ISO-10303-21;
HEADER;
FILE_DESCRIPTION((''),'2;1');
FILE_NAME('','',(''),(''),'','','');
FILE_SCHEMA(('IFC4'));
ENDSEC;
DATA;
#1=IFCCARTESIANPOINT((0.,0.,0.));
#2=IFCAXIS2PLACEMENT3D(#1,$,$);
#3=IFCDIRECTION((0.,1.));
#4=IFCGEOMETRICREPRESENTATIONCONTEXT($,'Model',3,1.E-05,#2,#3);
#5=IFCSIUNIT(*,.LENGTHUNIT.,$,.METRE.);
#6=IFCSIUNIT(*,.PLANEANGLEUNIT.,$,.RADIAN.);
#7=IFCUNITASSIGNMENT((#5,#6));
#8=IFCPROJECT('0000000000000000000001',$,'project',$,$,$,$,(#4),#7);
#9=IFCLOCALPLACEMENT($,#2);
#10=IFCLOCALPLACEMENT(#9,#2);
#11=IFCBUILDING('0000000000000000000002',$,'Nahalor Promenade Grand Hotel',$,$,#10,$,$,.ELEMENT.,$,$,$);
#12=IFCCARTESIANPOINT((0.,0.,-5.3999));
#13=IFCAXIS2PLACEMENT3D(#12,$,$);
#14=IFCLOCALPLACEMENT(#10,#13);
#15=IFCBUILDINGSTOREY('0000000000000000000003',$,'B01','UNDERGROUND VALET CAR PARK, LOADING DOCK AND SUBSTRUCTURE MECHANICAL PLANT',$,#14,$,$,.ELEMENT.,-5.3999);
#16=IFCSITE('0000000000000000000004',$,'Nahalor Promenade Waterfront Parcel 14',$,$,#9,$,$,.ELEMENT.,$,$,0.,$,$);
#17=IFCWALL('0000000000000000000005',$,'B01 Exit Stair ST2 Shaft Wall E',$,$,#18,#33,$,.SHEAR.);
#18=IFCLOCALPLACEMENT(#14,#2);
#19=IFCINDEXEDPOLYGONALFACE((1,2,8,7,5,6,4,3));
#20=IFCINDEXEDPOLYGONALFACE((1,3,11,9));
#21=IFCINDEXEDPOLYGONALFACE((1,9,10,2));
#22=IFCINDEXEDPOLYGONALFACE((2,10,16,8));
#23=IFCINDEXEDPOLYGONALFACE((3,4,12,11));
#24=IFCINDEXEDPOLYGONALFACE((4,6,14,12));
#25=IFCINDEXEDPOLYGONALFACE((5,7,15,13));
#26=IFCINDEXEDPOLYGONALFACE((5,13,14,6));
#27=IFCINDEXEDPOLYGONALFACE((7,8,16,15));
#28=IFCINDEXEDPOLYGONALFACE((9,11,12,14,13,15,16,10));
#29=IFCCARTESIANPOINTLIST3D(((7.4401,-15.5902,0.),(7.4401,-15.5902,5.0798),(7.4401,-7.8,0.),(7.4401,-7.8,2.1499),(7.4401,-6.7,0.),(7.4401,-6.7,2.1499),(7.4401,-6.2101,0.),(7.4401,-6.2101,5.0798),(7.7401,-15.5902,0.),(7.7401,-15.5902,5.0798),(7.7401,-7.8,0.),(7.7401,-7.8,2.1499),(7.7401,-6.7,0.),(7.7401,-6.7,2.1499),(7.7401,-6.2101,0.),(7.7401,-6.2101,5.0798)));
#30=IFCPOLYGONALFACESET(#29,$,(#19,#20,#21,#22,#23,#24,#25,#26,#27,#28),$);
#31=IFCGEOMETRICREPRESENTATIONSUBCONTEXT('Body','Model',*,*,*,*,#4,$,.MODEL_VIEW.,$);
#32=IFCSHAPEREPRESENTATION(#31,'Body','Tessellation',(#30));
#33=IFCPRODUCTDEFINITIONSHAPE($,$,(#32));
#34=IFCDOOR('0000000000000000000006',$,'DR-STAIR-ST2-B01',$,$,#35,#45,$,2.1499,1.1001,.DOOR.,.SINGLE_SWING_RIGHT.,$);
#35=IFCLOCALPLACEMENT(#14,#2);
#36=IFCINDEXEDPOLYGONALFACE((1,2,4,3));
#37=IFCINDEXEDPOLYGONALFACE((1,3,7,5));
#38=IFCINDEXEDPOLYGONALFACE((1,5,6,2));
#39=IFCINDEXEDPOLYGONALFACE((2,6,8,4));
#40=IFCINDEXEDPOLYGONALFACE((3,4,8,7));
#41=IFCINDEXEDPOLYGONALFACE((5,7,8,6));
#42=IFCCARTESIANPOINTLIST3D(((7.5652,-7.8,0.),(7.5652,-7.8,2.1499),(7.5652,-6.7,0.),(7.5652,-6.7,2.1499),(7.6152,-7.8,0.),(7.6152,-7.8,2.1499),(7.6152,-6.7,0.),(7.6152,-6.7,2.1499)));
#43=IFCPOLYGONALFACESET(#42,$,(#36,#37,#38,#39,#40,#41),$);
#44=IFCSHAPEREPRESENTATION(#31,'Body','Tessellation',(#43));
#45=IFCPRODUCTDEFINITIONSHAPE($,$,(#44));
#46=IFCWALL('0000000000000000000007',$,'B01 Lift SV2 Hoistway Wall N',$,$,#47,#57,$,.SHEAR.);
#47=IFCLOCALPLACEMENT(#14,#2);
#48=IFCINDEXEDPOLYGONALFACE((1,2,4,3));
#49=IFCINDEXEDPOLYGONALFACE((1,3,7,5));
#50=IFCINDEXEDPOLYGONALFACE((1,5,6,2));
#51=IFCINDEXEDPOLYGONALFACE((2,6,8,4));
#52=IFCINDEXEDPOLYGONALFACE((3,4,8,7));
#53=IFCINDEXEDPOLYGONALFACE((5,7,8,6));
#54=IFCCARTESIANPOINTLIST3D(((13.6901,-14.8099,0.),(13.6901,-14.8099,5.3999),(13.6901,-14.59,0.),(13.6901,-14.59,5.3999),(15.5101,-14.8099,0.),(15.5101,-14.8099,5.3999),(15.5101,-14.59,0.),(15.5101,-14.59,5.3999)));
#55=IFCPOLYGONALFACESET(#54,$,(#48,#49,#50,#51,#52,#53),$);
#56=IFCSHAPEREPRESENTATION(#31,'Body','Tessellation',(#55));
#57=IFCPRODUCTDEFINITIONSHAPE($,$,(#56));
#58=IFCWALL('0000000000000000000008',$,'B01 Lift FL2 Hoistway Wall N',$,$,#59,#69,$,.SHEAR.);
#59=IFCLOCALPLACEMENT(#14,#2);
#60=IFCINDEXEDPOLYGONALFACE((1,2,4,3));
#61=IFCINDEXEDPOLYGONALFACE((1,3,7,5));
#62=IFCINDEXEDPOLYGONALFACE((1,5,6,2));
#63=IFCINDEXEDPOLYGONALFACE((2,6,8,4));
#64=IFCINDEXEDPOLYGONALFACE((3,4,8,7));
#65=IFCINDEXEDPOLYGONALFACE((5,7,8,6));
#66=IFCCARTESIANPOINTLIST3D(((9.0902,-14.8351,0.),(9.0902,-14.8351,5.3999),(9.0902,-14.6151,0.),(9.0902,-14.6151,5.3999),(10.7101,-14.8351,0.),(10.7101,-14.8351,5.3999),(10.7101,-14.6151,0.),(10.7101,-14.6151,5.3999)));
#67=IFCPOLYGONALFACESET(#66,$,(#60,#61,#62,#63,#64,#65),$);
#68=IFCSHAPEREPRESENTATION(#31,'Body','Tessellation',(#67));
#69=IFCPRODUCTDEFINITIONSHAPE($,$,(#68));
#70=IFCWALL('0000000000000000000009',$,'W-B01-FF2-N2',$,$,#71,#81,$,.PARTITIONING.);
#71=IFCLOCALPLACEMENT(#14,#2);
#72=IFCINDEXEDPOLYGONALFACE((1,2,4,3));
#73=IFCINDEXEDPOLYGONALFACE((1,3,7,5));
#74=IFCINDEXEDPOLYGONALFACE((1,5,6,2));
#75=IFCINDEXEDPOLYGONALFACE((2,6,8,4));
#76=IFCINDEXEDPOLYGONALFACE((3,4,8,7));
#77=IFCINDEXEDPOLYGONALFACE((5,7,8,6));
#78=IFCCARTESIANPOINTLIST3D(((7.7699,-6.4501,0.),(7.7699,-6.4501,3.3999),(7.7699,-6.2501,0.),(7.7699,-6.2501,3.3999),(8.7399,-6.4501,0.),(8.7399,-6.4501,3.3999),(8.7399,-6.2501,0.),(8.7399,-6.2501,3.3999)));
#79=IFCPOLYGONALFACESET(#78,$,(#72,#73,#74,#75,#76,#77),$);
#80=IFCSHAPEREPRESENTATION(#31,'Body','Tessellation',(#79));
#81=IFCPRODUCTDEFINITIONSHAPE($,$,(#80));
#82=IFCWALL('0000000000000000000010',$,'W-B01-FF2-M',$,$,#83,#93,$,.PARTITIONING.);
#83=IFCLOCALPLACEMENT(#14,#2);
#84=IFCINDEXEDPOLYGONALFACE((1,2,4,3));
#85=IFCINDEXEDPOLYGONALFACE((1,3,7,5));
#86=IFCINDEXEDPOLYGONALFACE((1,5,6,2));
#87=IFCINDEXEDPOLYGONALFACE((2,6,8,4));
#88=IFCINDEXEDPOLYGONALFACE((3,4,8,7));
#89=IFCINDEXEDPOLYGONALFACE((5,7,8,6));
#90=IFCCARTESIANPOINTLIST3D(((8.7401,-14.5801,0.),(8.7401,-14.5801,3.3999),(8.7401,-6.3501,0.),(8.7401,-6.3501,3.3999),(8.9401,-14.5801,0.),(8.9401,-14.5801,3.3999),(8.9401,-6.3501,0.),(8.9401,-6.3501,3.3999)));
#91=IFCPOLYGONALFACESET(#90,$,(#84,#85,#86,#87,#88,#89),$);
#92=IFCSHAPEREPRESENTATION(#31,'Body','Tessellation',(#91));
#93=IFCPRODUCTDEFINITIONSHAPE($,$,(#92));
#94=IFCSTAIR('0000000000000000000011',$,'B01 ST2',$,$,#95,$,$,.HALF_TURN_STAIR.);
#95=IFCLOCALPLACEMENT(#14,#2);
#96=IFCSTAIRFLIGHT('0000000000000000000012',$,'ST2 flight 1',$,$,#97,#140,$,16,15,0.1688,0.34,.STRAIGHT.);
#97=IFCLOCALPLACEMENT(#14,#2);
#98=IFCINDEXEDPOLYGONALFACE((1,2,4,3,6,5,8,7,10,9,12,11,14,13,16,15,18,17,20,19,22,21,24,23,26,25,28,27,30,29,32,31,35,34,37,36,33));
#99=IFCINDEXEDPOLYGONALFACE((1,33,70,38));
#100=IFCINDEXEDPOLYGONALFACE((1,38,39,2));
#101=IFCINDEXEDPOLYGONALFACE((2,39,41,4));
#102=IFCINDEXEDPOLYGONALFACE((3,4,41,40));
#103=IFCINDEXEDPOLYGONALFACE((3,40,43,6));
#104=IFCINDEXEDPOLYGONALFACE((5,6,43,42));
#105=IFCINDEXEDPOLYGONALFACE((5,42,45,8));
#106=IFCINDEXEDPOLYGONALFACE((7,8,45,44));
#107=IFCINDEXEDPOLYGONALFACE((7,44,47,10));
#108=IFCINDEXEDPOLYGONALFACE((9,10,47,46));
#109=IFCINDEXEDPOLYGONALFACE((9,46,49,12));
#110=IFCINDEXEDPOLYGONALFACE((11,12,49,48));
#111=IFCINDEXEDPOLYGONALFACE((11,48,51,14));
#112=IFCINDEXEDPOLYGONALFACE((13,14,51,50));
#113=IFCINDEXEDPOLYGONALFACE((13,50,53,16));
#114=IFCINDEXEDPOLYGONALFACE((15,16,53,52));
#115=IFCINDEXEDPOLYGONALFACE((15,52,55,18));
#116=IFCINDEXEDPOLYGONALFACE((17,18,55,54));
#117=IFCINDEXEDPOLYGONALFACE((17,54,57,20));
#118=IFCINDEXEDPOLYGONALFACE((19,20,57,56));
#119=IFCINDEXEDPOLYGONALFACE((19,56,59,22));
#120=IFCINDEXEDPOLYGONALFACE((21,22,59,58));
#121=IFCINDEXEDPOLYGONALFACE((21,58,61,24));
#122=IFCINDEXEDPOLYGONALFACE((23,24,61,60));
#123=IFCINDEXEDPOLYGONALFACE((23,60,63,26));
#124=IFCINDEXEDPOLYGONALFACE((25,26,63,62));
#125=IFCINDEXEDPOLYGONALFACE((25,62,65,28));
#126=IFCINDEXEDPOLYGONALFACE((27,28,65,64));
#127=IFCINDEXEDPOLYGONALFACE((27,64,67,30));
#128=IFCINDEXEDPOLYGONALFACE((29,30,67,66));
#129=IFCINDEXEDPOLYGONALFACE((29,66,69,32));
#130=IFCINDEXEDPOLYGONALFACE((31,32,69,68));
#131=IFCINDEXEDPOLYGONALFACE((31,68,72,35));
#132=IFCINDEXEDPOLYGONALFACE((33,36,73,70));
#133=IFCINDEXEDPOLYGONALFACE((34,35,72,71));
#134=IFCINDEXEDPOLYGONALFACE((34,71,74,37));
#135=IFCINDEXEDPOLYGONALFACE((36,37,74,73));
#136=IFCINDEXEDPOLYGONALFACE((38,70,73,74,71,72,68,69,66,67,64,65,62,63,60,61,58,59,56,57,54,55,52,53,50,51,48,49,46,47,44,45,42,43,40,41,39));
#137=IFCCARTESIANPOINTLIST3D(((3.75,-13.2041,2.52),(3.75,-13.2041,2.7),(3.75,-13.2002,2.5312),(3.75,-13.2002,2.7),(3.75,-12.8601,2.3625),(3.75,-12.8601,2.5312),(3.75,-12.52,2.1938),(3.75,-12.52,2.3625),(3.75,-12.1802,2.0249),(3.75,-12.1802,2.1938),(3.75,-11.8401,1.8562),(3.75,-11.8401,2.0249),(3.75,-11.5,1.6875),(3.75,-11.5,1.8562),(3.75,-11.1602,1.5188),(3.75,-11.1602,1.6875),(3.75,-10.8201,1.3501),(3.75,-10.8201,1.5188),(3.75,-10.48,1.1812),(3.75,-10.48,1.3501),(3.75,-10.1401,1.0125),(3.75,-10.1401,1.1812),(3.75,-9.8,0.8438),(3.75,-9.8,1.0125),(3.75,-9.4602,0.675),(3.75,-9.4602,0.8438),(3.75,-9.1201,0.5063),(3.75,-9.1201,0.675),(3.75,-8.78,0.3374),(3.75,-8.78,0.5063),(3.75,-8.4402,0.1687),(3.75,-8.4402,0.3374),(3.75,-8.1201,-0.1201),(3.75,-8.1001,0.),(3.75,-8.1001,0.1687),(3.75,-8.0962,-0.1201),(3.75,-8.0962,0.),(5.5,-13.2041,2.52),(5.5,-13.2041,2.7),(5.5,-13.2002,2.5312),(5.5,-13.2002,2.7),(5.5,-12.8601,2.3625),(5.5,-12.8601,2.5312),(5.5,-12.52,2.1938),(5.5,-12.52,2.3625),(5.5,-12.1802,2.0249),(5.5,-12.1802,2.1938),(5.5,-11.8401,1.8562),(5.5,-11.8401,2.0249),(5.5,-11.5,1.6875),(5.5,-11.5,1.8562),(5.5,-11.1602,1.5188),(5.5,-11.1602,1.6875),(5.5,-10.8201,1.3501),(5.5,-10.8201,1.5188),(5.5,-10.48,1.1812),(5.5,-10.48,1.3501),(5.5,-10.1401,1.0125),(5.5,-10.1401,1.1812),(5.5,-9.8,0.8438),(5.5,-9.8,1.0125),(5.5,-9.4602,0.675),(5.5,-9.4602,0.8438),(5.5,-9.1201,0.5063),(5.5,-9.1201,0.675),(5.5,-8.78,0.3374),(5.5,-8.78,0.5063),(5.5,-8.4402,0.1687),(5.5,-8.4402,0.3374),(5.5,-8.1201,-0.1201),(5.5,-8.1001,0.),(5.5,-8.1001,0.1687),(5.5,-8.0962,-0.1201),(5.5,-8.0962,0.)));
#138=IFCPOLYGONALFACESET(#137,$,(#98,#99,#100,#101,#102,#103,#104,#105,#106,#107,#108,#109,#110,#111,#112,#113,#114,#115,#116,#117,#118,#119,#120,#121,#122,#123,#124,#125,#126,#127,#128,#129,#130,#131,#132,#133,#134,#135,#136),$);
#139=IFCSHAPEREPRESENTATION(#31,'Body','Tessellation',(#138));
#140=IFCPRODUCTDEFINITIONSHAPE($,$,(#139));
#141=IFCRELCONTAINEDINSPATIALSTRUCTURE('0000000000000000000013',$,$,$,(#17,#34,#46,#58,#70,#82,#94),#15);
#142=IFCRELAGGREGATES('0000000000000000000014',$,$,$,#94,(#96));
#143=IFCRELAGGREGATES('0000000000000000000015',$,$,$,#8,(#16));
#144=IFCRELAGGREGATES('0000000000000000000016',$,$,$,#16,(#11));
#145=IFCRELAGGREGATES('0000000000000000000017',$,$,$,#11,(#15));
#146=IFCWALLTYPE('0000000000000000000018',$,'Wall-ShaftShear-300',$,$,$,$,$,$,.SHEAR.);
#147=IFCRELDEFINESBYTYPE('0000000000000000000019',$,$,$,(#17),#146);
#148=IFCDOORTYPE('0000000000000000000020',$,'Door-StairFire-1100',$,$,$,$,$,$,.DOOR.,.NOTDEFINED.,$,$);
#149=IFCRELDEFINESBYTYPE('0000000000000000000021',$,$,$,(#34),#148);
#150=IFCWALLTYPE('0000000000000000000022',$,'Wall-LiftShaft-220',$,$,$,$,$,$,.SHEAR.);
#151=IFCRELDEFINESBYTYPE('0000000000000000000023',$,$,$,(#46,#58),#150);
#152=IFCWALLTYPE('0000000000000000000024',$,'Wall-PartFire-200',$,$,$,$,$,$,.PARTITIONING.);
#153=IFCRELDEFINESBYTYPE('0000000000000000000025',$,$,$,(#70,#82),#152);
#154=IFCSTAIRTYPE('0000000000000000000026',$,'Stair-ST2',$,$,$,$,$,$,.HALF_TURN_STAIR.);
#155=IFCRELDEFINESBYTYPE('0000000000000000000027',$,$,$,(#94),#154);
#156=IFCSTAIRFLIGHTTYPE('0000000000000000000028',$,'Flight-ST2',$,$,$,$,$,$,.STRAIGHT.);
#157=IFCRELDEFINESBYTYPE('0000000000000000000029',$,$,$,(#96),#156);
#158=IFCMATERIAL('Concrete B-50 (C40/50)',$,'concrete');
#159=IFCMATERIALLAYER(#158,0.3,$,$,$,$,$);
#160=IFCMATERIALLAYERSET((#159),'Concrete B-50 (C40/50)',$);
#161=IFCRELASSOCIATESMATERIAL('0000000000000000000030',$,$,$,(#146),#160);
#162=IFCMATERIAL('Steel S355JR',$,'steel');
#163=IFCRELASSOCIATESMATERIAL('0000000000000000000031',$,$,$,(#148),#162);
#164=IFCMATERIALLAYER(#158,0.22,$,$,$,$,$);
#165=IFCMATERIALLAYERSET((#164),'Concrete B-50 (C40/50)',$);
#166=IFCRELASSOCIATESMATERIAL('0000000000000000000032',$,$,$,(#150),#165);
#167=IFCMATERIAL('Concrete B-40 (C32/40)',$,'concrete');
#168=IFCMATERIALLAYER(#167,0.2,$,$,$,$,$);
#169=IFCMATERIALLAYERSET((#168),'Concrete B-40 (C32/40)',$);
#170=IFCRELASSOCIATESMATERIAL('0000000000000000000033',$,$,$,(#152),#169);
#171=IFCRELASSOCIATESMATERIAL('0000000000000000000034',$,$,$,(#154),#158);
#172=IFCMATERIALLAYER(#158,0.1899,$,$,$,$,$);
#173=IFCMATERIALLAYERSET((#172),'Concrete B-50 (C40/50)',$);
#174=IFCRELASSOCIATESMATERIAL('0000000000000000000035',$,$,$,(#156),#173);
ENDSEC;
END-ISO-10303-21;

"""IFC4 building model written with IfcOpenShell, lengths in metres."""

from ifc_helpers import new_model, si_unit, direction, frame, frame_2d, origin, place, context, subcontext, project, spatial, polyline, rectangle, outline, extrude, source, transform, mapped, material, layer, layer_set, type_object, element, fill, aggregate, save


model = new_model("IFC4")

# Units and contexts
model_context = context("Model", 3, precision=1e-05, world=origin(), true_north=direction((0.0, 1.0)))
body_context = subcontext(model_context, "Body", "Model", "MODEL_VIEW")
ifc_project = project(units=[si_unit("LENGTHUNIT", "METRE"), si_unit("PLANEANGLEUNIT", "RADIAN")], contexts=[model_context])

# Site, building, storey
site_placement = place(None, origin())
site = spatial("IfcSite", under=ifc_project, at=site_placement, Name="Nahalor Promenade Waterfront Parcel 14", CompositionType="ELEMENT", RefElevation=0.0)
building_placement = place(site_placement, origin())
building = spatial("IfcBuilding", under=site, at=building_placement, Name="Nahalor Promenade Grand Hotel", CompositionType="ELEMENT")
storey_placement = place(building_placement, frame((0.0, 0.0, -5.3999)))
storey = spatial("IfcBuildingStorey", under=building, at=storey_placement, Name="B01", Description="UNDERGROUND VALET CAR PARK, LOADING DOCK AND SUBSTRUCTURE MECHANICAL PLANT", CompositionType="ELEMENT", Elevation=-5.3999)

# Shared definitions
ifc_material_1 = material(Name="Steel S355JR", Category="steel")

# Shared definitions
ifc_material_2 = material(Name="Concrete B-50 (C40/50)", Category="concrete")
ifc_layer_1 = layer(ifc_material_2, 0.3)
ifc_layer_set_1 = layer_set([ifc_layer_1], Name="Concrete B-50 (C40/50)")
wall_type_1 = type_object("IfcWallType", Name="Wall-ShaftShear-300", PredefinedType="SHEAR", material=ifc_layer_set_1)
shared_shape_1 = source(origin(), body_context, "Body", "SweptSolid", [
    extrude(rectangle(XDim=9.3801, YDim=0.3, at=frame_2d((4.6899, 0.0))), origin(), (0.0, 0.0, 1.0), 5.0798),
])

# Wall, opening, door
wall_1_placement = place(storey_placement, frame((7.5901, -15.5901, 0.0), z_axis=(0.0, 0.0, 1.0), x_axis=(0.0, 1.0, 0.0)))
wall_1 = element("IfcWall", 1, at=wall_1_placement, inside=storey, type_object=wall_type_1, Name="B01 Exit Stair ST2 Shaft Wall E", PredefinedType="SHEAR", context=body_context, shape_type="MappedRepresentation", body=[
    mapped(shared_shape_1, transform((0.0, 0.0, 0.0), scale=1.0)),
])
opening_1_placement = place(wall_1_placement, frame((7.79, 0.0, 0.0)))
opening_1 = element("IfcOpeningElement", 2, at=opening_1_placement, cuts=wall_1, PredefinedType="OPENING", context=body_context, shape_type="SweptSolid", body=[
    extrude(rectangle(XDim=1.1001, YDim=2.1499, at=frame_2d((0.55, 1.075))), frame((0.0, 0.1599, 0.0), z_axis=(0.0, -1.0, 0.0), x_axis=(1.0, 0.0, 0.0)), (0.0, 0.0, 1.0), 0.3201),
])
door_type_1 = type_object("IfcDoorType", Name="Door-StairFire-1100", OperationType="NOTDEFINED", PredefinedType="DOOR", material=ifc_material_1)
shared_shape_2 = source(origin(), body_context, "Body", "SweptSolid", [
    extrude(rectangle(XDim=1.1001, YDim=2.1499, at=frame_2d((0.55, 1.075))), frame((0.0, 0.0249, 0.0), z_axis=(0.0, -1.0, 0.0), x_axis=(1.0, 0.0, 0.0)), (0.0, 0.0, 1.0), 0.05),
])
door_1_placement = place(opening_1_placement, origin())
door_1 = element("IfcDoor", 3, at=door_1_placement, inside=storey, type_object=door_type_1, Name="DR-STAIR-ST2-B01", OperationType="SINGLE_SWING_RIGHT", OverallHeight=2.1499, OverallWidth=1.1001, PredefinedType="DOOR", context=body_context, shape_type="MappedRepresentation", body=[
    mapped(shared_shape_2, transform((0.0, 0.0, 0.0), scale=1.0)),
])
fill(opening_1, door_1)

# Walls
ifc_layer_2 = layer(ifc_material_2, 0.22)
ifc_layer_set_2 = layer_set([ifc_layer_2], Name="Concrete B-50 (C40/50)")
wall_type_2 = type_object("IfcWallType", Name="Wall-LiftShaft-220", PredefinedType="SHEAR", material=ifc_layer_set_2)
shared_shape_3 = source(origin(), body_context, "Body", "SweptSolid", [
    extrude(rectangle(XDim=1.8201, YDim=0.22, at=frame_2d((0.9102, 0.0))), origin(), (0.0, 0.0, 1.0), 5.3999),
])
wall_2_placement = place(storey_placement, frame((13.6899, -14.7, 0.0), z_axis=(0.0, 0.0, 1.0), x_axis=(1.0, 0.0, 0.0)))
element("IfcWall", 4, at=wall_2_placement, inside=storey, type_object=wall_type_2, Name="B01 Lift SV2 Hoistway Wall N", PredefinedType="SHEAR", context=body_context, shape_type="MappedRepresentation", body=[
    mapped(shared_shape_3, transform((0.0, 0.0, 0.0), scale=1.0)),
])
shared_shape_4 = source(origin(), body_context, "Body", "SweptSolid", [
    extrude(rectangle(XDim=1.6199, YDim=0.22, at=frame_2d((0.8101, 0.0))), origin(), (0.0, 0.0, 1.0), 5.3999),
])
wall_3_placement = place(storey_placement, frame((9.0901, -14.7251, 0.0), z_axis=(0.0, 0.0, 1.0), x_axis=(1.0, 0.0, 0.0)))
element("IfcWall", 5, at=wall_3_placement, inside=storey, type_object=wall_type_2, Name="B01 Lift FL2 Hoistway Wall N", PredefinedType="SHEAR", context=body_context, shape_type="MappedRepresentation", body=[
    mapped(shared_shape_4, transform((0.0, 0.0, 0.0), scale=1.0)),
])

# Shared definitions
ifc_material_3 = material(Name="Concrete B-40 (C32/40)", Category="concrete")
ifc_layer_3 = layer(ifc_material_3, 0.2)
ifc_layer_set_3 = layer_set([ifc_layer_3], Name="Concrete B-40 (C32/40)")
wall_type_3 = type_object("IfcWallType", Name="Wall-PartFire-200", PredefinedType="PARTITIONING", material=ifc_layer_set_3)

# Walls
shared_shape_5 = source(origin(), body_context, "Body", "SweptSolid", [
    extrude(rectangle(XDim=0.97, YDim=0.2, at=frame_2d((0.4849, 0.0))), origin(), (0.0, 0.0, 1.0), 3.3999),
])
wall_4_placement = place(storey_placement, frame((7.77, -6.3501, 0.0), z_axis=(0.0, 0.0, 1.0), x_axis=(1.0, 0.0, 0.0)))
element("IfcWall", 6, at=wall_4_placement, inside=storey, type_object=wall_type_3, Name="W-B01-FF2-N2", PredefinedType="PARTITIONING", context=body_context, shape_type="MappedRepresentation", body=[
    mapped(shared_shape_5, transform((0.0, 0.0, 0.0), scale=1.0)),
])
shared_shape_6 = source(origin(), body_context, "Body", "SweptSolid", [
    extrude(rectangle(XDim=8.23, YDim=0.2, at=frame_2d((4.115, 0.0))), origin(), (0.0, 0.0, 1.0), 3.3999),
])
wall_5_placement = place(storey_placement, frame((8.8401, -14.5801, 0.0), z_axis=(0.0, 0.0, 1.0), x_axis=(0.0, 1.0, 0.0)))
element("IfcWall", 7, at=wall_5_placement, inside=storey, type_object=wall_type_3, Name="W-B01-FF2-M", PredefinedType="PARTITIONING", context=body_context, shape_type="MappedRepresentation", body=[
    mapped(shared_shape_6, transform((0.0, 0.0, 0.0), scale=1.0)),
])

# Stair, stair flight
stair_type = type_object("IfcStairType", Name="Stair-ST2", PredefinedType="HALF_TURN_STAIR", material=ifc_material_2)
stair_placement = place(storey_placement, origin())
stair = element("IfcStair", 8, at=stair_placement, inside=storey, type_object=stair_type, Name="B01 ST2", PredefinedType="HALF_TURN_STAIR")
ifc_layer_4 = layer(ifc_material_2, 0.1899)
ifc_layer_set_4 = layer_set([ifc_layer_4], Name="Concrete B-50 (C40/50)")
stair_flight_type = type_object("IfcStairFlightType", Name="Flight-ST2", PredefinedType="STRAIGHT", material=ifc_layer_set_4)
shared_shape_7 = source(origin(), body_context, "Body", "SweptSolid", [
    extrude(outline(polyline([(-0.0039, -0.1201), (-0.0039, 0.0), (0.0, 0.0), (0.0, 0.1687), (0.3401, 0.1687), (0.3401, 0.3374), (0.6799, 0.3374), (0.6799, 0.5063), (1.02, 0.5063), (1.02, 0.675), (1.3601, 0.675), (1.3601, 0.8438), (1.7, 0.8438), (1.7, 1.0125), (2.04, 1.0125), (2.04, 1.1812), (2.3799, 1.1812), (2.3799, 1.3501), (2.72, 1.3501), (2.72, 1.5188), (3.0601, 1.5188), (3.0601, 1.6875), (3.3999, 1.6875), (3.3999, 1.8562), (3.74, 1.8562), (3.74, 2.0249), (4.0801, 2.0249), (4.0801, 2.1938), (4.4199, 2.1938), (4.4199, 2.3625), (4.76, 2.3625), (4.76, 2.5312), (5.1001, 2.5312), (5.1001, 2.7), (5.104, 2.7), (5.104, 2.52), (0.02, -0.1201), (-0.0039, -0.1201)])), frame((0.0, 0.875, 0.0), z_axis=(0.0, -1.0, 0.0), x_axis=(1.0, 0.0, 0.0)), (0.0, 0.0, 1.0), 1.75),
])
stair_flight_1_placement = place(storey_placement, frame((4.625, -8.1001, 0.0), z_axis=(0.0, 0.0, 1.0), x_axis=(0.0, -1.0, 0.0)))
stair_flight_1 = element("IfcStairFlight", 9, at=stair_flight_1_placement, type_object=stair_flight_type, Name="ST2 flight 1", NumberOfRisers=16, NumberOfTreads=15, PredefinedType="STRAIGHT", RiserHeight=0.1688, TreadLength=0.34, context=body_context, shape_type="MappedRepresentation", body=[
    mapped(shared_shape_7, transform((0.0, 0.0, 0.0), scale=1.0)),
])
aggregate(stair, [stair_flight_1])

save(model, "model.ifc")
